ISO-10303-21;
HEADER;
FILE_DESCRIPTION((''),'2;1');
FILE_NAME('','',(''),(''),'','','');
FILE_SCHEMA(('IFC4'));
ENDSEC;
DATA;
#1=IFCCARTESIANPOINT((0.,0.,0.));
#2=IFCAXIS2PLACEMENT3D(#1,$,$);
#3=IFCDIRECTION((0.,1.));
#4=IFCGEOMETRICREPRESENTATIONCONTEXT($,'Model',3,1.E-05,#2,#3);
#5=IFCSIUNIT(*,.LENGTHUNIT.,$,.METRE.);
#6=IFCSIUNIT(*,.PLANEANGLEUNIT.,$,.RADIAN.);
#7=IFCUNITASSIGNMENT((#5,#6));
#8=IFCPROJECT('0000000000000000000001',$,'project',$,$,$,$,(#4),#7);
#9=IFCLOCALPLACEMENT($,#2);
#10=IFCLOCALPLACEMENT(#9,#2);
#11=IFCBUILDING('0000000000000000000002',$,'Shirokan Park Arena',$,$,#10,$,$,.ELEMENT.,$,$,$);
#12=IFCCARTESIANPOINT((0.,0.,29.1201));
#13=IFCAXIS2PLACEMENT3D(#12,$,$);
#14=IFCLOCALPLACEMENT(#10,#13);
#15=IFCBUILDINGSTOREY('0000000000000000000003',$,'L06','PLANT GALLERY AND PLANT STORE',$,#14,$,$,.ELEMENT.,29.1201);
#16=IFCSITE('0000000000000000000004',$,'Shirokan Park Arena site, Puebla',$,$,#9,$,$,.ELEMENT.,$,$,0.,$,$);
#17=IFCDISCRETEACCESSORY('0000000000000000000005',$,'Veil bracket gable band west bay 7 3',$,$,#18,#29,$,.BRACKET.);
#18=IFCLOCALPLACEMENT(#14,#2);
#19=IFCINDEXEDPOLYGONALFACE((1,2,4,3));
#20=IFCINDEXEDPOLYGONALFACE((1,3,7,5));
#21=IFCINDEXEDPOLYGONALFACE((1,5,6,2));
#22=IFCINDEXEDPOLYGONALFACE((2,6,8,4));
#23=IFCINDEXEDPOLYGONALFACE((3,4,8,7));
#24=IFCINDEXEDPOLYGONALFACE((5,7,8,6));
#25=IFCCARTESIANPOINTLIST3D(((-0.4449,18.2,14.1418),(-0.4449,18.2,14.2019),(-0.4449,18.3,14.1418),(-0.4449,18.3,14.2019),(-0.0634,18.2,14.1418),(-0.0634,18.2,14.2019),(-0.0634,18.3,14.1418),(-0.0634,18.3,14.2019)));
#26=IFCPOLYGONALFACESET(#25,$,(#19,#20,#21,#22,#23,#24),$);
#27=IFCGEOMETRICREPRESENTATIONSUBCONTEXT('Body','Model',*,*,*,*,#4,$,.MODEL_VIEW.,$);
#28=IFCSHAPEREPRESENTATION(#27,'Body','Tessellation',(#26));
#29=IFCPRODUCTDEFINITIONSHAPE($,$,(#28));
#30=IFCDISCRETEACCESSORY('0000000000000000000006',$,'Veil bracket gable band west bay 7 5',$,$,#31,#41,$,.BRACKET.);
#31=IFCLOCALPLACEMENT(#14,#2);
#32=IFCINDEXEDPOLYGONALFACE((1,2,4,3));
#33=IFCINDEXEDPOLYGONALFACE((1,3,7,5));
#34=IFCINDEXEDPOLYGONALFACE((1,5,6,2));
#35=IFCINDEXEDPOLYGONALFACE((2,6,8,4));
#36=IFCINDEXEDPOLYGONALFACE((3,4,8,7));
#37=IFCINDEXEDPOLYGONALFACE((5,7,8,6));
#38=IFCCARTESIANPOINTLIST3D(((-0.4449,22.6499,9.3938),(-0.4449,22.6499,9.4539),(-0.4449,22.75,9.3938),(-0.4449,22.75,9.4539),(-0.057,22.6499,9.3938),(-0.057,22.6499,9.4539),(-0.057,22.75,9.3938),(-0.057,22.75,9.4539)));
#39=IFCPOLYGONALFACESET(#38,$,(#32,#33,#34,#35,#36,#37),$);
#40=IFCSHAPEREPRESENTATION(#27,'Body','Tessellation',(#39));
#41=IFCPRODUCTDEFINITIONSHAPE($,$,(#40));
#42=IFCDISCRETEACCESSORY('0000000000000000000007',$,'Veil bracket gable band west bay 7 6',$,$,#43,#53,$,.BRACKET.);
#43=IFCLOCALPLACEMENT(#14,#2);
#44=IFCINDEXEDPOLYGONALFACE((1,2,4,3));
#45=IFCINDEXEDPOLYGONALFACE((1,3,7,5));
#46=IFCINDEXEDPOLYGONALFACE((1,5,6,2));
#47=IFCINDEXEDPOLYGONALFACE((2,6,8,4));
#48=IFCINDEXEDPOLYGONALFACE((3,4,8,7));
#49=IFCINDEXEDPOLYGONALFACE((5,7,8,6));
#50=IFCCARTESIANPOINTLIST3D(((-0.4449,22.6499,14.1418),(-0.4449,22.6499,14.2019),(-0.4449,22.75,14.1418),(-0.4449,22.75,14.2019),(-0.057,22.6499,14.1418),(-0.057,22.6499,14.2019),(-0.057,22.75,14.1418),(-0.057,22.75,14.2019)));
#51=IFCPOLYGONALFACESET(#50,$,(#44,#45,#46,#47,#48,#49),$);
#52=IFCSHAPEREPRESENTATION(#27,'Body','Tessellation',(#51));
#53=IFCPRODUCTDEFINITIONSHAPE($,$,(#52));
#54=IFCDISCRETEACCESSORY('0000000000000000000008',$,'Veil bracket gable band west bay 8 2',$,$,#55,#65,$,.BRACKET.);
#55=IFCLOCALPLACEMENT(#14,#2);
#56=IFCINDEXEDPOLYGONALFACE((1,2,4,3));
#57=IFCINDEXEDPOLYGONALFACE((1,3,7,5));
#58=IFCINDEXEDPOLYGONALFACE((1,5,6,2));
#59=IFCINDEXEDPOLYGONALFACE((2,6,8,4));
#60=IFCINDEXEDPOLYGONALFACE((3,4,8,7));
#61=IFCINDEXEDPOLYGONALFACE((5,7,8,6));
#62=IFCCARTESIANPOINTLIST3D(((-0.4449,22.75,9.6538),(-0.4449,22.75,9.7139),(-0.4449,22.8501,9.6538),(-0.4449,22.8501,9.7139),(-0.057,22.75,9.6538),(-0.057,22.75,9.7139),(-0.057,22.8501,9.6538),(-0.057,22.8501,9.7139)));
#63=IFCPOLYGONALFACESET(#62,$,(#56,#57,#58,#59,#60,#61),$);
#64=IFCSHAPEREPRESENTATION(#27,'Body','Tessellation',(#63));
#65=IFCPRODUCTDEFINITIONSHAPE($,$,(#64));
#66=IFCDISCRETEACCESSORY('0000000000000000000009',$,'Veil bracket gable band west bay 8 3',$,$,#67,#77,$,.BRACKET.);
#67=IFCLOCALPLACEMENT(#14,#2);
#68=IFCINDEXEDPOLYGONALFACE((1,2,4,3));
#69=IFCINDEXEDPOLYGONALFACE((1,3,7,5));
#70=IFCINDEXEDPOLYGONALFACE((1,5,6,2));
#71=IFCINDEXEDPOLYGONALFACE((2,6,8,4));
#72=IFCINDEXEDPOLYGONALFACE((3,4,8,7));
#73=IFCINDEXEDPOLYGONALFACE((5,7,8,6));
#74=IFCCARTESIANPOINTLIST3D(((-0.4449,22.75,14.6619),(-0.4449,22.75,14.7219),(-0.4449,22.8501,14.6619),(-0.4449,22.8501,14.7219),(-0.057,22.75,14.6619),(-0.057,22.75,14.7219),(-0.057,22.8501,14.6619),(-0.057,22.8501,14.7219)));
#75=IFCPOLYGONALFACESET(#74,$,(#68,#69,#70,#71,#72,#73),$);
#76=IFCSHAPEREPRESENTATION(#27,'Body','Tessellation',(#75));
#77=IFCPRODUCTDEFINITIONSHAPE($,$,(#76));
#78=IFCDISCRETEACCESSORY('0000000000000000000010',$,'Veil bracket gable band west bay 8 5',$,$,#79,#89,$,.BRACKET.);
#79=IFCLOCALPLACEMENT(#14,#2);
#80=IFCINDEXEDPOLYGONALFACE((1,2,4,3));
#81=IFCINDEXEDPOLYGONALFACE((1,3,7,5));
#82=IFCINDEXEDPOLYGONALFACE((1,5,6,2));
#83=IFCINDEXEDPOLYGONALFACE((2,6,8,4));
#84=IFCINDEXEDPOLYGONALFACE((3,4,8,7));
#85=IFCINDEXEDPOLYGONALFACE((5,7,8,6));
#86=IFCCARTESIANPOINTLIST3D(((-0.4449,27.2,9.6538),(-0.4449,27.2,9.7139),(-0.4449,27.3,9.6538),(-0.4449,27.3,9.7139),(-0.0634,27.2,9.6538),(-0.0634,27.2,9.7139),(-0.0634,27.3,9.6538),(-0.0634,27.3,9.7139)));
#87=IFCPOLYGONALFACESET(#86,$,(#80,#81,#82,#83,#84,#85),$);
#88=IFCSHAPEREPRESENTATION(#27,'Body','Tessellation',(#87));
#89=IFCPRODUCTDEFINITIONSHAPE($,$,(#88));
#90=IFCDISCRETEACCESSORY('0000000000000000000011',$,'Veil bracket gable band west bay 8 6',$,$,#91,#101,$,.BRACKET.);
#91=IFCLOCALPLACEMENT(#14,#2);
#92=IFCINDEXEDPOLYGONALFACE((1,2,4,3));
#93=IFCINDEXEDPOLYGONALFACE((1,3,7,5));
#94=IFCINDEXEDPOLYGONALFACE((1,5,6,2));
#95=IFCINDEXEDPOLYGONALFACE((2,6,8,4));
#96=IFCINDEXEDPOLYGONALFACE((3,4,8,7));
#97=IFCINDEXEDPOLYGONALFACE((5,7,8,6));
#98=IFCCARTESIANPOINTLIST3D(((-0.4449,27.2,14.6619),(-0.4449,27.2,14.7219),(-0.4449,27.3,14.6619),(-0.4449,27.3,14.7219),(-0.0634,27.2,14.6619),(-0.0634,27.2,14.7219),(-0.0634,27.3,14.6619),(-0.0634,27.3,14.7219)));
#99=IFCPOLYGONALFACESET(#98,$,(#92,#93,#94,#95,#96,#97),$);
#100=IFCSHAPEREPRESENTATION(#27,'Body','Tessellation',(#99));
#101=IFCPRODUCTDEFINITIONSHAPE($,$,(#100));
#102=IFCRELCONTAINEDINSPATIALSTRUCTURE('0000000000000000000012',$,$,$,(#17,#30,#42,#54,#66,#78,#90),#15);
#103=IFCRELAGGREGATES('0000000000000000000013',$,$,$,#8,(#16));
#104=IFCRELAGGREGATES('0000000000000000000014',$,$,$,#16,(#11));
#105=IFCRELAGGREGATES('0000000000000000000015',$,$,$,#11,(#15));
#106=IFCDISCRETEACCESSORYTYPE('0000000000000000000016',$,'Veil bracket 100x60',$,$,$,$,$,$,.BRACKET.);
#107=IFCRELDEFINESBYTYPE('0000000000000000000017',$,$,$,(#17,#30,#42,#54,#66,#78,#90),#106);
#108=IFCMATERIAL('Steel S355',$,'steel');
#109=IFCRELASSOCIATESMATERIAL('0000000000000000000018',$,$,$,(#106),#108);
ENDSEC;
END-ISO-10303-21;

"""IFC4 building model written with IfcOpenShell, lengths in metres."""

from ifc_helpers import new_model, si_unit, direction, frame, origin, origin_2d, place, context, subcontext, project, spatial, rectangle, extrude, material, type_object, element, save


model = new_model("IFC4")

# Units and contexts
model_context = context("Model", 3, precision=1e-05, world=origin(), true_north=direction((0.0, 1.0)))
body_context = subcontext(model_context, "Body", "Model", "MODEL_VIEW")
ifc_project = project(units=[si_unit("LENGTHUNIT", "METRE"), si_unit("PLANEANGLEUNIT", "RADIAN")], contexts=[model_context])

# Site, building, storey
site_placement = place(None, origin())
site = spatial("IfcSite", under=ifc_project, at=site_placement, Name="Shirokan Park Arena site, Puebla", CompositionType="ELEMENT", RefElevation=0.0)
building_placement = place(site_placement, origin())
building = spatial("IfcBuilding", under=site, at=building_placement, Name="Shirokan Park Arena", CompositionType="ELEMENT")
storey_placement = place(building_placement, frame((0.0, 0.0, 29.1201)))
storey = spatial("IfcBuildingStorey", under=building, at=storey_placement, Name="L06", Description="PLANT GALLERY AND PLANT STORE", CompositionType="ELEMENT", Elevation=29.1201)

# Discrete accessories
ifc_material_1 = material(Name="Steel S355", Category="steel")
discrete_accessory_type = type_object("IfcDiscreteAccessoryType", Name="Veil bracket 100x60", PredefinedType="BRACKET", material=ifc_material_1)
for number, where, z_axis, x_axis, name in (
    (1, (-0.2542, 18.25, 14.1418), (0.0, 0.0, 1.0), (1.0, 0.0, 0.0), "Veil bracket gable band west bay 7 3"),
):
    element("IfcDiscreteAccessory", number, at=place(storey_placement, frame(where, z_axis=z_axis, x_axis=x_axis)), inside=storey, type_object=discrete_accessory_type, Name=name, PredefinedType="BRACKET", context=body_context, shape_type="SweptSolid", body=[
        extrude(rectangle(XDim=0.3816, YDim=0.1001, at=origin_2d()), origin(), (0.0, 0.0, 1.0), 0.0601),
    ])
for number, where, z_axis, x_axis, name in (
    (2, (-0.251, 22.7, 9.3938), (0.0, 0.0, 1.0), (1.0, 0.0, 0.0), "Veil bracket gable band west bay 7 5"),
    (3, (-0.251, 22.7, 14.1418), (0.0, 0.0, 1.0), (1.0, 0.0, 0.0), "Veil bracket gable band west bay 7 6"),
    (4, (-0.251, 22.8, 9.6538), (0.0, 0.0, 1.0), (1.0, 0.0, 0.0), "Veil bracket gable band west bay 8 2"),
    (5, (-0.251, 22.8, 14.6619), (0.0, 0.0, 1.0), (1.0, 0.0, 0.0), "Veil bracket gable band west bay 8 3"),
):
    element("IfcDiscreteAccessory", number, at=place(storey_placement, frame(where, z_axis=z_axis, x_axis=x_axis)), inside=storey, type_object=discrete_accessory_type, Name=name, PredefinedType="BRACKET", context=body_context, shape_type="SweptSolid", body=[
        extrude(rectangle(XDim=0.3879, YDim=0.1001, at=origin_2d()), origin(), (0.0, 0.0, 1.0), 0.0601),
    ])
for number, where, z_axis, x_axis, name in (
    (6, (-0.2542, 27.25, 9.6538), (0.0, 0.0, 1.0), (1.0, 0.0, 0.0), "Veil bracket gable band west bay 8 5"),
    (7, (-0.2542, 27.25, 14.6619), (0.0, 0.0, 1.0), (1.0, 0.0, 0.0), "Veil bracket gable band west bay 8 6"),
):
    element("IfcDiscreteAccessory", number, at=place(storey_placement, frame(where, z_axis=z_axis, x_axis=x_axis)), inside=storey, type_object=discrete_accessory_type, Name=name, PredefinedType="BRACKET", context=body_context, shape_type="SweptSolid", body=[
        extrude(rectangle(XDim=0.3816, YDim=0.1001, at=origin_2d()), origin(), (0.0, 0.0, 1.0), 0.0601),
    ])

save(model, "model.ifc")
